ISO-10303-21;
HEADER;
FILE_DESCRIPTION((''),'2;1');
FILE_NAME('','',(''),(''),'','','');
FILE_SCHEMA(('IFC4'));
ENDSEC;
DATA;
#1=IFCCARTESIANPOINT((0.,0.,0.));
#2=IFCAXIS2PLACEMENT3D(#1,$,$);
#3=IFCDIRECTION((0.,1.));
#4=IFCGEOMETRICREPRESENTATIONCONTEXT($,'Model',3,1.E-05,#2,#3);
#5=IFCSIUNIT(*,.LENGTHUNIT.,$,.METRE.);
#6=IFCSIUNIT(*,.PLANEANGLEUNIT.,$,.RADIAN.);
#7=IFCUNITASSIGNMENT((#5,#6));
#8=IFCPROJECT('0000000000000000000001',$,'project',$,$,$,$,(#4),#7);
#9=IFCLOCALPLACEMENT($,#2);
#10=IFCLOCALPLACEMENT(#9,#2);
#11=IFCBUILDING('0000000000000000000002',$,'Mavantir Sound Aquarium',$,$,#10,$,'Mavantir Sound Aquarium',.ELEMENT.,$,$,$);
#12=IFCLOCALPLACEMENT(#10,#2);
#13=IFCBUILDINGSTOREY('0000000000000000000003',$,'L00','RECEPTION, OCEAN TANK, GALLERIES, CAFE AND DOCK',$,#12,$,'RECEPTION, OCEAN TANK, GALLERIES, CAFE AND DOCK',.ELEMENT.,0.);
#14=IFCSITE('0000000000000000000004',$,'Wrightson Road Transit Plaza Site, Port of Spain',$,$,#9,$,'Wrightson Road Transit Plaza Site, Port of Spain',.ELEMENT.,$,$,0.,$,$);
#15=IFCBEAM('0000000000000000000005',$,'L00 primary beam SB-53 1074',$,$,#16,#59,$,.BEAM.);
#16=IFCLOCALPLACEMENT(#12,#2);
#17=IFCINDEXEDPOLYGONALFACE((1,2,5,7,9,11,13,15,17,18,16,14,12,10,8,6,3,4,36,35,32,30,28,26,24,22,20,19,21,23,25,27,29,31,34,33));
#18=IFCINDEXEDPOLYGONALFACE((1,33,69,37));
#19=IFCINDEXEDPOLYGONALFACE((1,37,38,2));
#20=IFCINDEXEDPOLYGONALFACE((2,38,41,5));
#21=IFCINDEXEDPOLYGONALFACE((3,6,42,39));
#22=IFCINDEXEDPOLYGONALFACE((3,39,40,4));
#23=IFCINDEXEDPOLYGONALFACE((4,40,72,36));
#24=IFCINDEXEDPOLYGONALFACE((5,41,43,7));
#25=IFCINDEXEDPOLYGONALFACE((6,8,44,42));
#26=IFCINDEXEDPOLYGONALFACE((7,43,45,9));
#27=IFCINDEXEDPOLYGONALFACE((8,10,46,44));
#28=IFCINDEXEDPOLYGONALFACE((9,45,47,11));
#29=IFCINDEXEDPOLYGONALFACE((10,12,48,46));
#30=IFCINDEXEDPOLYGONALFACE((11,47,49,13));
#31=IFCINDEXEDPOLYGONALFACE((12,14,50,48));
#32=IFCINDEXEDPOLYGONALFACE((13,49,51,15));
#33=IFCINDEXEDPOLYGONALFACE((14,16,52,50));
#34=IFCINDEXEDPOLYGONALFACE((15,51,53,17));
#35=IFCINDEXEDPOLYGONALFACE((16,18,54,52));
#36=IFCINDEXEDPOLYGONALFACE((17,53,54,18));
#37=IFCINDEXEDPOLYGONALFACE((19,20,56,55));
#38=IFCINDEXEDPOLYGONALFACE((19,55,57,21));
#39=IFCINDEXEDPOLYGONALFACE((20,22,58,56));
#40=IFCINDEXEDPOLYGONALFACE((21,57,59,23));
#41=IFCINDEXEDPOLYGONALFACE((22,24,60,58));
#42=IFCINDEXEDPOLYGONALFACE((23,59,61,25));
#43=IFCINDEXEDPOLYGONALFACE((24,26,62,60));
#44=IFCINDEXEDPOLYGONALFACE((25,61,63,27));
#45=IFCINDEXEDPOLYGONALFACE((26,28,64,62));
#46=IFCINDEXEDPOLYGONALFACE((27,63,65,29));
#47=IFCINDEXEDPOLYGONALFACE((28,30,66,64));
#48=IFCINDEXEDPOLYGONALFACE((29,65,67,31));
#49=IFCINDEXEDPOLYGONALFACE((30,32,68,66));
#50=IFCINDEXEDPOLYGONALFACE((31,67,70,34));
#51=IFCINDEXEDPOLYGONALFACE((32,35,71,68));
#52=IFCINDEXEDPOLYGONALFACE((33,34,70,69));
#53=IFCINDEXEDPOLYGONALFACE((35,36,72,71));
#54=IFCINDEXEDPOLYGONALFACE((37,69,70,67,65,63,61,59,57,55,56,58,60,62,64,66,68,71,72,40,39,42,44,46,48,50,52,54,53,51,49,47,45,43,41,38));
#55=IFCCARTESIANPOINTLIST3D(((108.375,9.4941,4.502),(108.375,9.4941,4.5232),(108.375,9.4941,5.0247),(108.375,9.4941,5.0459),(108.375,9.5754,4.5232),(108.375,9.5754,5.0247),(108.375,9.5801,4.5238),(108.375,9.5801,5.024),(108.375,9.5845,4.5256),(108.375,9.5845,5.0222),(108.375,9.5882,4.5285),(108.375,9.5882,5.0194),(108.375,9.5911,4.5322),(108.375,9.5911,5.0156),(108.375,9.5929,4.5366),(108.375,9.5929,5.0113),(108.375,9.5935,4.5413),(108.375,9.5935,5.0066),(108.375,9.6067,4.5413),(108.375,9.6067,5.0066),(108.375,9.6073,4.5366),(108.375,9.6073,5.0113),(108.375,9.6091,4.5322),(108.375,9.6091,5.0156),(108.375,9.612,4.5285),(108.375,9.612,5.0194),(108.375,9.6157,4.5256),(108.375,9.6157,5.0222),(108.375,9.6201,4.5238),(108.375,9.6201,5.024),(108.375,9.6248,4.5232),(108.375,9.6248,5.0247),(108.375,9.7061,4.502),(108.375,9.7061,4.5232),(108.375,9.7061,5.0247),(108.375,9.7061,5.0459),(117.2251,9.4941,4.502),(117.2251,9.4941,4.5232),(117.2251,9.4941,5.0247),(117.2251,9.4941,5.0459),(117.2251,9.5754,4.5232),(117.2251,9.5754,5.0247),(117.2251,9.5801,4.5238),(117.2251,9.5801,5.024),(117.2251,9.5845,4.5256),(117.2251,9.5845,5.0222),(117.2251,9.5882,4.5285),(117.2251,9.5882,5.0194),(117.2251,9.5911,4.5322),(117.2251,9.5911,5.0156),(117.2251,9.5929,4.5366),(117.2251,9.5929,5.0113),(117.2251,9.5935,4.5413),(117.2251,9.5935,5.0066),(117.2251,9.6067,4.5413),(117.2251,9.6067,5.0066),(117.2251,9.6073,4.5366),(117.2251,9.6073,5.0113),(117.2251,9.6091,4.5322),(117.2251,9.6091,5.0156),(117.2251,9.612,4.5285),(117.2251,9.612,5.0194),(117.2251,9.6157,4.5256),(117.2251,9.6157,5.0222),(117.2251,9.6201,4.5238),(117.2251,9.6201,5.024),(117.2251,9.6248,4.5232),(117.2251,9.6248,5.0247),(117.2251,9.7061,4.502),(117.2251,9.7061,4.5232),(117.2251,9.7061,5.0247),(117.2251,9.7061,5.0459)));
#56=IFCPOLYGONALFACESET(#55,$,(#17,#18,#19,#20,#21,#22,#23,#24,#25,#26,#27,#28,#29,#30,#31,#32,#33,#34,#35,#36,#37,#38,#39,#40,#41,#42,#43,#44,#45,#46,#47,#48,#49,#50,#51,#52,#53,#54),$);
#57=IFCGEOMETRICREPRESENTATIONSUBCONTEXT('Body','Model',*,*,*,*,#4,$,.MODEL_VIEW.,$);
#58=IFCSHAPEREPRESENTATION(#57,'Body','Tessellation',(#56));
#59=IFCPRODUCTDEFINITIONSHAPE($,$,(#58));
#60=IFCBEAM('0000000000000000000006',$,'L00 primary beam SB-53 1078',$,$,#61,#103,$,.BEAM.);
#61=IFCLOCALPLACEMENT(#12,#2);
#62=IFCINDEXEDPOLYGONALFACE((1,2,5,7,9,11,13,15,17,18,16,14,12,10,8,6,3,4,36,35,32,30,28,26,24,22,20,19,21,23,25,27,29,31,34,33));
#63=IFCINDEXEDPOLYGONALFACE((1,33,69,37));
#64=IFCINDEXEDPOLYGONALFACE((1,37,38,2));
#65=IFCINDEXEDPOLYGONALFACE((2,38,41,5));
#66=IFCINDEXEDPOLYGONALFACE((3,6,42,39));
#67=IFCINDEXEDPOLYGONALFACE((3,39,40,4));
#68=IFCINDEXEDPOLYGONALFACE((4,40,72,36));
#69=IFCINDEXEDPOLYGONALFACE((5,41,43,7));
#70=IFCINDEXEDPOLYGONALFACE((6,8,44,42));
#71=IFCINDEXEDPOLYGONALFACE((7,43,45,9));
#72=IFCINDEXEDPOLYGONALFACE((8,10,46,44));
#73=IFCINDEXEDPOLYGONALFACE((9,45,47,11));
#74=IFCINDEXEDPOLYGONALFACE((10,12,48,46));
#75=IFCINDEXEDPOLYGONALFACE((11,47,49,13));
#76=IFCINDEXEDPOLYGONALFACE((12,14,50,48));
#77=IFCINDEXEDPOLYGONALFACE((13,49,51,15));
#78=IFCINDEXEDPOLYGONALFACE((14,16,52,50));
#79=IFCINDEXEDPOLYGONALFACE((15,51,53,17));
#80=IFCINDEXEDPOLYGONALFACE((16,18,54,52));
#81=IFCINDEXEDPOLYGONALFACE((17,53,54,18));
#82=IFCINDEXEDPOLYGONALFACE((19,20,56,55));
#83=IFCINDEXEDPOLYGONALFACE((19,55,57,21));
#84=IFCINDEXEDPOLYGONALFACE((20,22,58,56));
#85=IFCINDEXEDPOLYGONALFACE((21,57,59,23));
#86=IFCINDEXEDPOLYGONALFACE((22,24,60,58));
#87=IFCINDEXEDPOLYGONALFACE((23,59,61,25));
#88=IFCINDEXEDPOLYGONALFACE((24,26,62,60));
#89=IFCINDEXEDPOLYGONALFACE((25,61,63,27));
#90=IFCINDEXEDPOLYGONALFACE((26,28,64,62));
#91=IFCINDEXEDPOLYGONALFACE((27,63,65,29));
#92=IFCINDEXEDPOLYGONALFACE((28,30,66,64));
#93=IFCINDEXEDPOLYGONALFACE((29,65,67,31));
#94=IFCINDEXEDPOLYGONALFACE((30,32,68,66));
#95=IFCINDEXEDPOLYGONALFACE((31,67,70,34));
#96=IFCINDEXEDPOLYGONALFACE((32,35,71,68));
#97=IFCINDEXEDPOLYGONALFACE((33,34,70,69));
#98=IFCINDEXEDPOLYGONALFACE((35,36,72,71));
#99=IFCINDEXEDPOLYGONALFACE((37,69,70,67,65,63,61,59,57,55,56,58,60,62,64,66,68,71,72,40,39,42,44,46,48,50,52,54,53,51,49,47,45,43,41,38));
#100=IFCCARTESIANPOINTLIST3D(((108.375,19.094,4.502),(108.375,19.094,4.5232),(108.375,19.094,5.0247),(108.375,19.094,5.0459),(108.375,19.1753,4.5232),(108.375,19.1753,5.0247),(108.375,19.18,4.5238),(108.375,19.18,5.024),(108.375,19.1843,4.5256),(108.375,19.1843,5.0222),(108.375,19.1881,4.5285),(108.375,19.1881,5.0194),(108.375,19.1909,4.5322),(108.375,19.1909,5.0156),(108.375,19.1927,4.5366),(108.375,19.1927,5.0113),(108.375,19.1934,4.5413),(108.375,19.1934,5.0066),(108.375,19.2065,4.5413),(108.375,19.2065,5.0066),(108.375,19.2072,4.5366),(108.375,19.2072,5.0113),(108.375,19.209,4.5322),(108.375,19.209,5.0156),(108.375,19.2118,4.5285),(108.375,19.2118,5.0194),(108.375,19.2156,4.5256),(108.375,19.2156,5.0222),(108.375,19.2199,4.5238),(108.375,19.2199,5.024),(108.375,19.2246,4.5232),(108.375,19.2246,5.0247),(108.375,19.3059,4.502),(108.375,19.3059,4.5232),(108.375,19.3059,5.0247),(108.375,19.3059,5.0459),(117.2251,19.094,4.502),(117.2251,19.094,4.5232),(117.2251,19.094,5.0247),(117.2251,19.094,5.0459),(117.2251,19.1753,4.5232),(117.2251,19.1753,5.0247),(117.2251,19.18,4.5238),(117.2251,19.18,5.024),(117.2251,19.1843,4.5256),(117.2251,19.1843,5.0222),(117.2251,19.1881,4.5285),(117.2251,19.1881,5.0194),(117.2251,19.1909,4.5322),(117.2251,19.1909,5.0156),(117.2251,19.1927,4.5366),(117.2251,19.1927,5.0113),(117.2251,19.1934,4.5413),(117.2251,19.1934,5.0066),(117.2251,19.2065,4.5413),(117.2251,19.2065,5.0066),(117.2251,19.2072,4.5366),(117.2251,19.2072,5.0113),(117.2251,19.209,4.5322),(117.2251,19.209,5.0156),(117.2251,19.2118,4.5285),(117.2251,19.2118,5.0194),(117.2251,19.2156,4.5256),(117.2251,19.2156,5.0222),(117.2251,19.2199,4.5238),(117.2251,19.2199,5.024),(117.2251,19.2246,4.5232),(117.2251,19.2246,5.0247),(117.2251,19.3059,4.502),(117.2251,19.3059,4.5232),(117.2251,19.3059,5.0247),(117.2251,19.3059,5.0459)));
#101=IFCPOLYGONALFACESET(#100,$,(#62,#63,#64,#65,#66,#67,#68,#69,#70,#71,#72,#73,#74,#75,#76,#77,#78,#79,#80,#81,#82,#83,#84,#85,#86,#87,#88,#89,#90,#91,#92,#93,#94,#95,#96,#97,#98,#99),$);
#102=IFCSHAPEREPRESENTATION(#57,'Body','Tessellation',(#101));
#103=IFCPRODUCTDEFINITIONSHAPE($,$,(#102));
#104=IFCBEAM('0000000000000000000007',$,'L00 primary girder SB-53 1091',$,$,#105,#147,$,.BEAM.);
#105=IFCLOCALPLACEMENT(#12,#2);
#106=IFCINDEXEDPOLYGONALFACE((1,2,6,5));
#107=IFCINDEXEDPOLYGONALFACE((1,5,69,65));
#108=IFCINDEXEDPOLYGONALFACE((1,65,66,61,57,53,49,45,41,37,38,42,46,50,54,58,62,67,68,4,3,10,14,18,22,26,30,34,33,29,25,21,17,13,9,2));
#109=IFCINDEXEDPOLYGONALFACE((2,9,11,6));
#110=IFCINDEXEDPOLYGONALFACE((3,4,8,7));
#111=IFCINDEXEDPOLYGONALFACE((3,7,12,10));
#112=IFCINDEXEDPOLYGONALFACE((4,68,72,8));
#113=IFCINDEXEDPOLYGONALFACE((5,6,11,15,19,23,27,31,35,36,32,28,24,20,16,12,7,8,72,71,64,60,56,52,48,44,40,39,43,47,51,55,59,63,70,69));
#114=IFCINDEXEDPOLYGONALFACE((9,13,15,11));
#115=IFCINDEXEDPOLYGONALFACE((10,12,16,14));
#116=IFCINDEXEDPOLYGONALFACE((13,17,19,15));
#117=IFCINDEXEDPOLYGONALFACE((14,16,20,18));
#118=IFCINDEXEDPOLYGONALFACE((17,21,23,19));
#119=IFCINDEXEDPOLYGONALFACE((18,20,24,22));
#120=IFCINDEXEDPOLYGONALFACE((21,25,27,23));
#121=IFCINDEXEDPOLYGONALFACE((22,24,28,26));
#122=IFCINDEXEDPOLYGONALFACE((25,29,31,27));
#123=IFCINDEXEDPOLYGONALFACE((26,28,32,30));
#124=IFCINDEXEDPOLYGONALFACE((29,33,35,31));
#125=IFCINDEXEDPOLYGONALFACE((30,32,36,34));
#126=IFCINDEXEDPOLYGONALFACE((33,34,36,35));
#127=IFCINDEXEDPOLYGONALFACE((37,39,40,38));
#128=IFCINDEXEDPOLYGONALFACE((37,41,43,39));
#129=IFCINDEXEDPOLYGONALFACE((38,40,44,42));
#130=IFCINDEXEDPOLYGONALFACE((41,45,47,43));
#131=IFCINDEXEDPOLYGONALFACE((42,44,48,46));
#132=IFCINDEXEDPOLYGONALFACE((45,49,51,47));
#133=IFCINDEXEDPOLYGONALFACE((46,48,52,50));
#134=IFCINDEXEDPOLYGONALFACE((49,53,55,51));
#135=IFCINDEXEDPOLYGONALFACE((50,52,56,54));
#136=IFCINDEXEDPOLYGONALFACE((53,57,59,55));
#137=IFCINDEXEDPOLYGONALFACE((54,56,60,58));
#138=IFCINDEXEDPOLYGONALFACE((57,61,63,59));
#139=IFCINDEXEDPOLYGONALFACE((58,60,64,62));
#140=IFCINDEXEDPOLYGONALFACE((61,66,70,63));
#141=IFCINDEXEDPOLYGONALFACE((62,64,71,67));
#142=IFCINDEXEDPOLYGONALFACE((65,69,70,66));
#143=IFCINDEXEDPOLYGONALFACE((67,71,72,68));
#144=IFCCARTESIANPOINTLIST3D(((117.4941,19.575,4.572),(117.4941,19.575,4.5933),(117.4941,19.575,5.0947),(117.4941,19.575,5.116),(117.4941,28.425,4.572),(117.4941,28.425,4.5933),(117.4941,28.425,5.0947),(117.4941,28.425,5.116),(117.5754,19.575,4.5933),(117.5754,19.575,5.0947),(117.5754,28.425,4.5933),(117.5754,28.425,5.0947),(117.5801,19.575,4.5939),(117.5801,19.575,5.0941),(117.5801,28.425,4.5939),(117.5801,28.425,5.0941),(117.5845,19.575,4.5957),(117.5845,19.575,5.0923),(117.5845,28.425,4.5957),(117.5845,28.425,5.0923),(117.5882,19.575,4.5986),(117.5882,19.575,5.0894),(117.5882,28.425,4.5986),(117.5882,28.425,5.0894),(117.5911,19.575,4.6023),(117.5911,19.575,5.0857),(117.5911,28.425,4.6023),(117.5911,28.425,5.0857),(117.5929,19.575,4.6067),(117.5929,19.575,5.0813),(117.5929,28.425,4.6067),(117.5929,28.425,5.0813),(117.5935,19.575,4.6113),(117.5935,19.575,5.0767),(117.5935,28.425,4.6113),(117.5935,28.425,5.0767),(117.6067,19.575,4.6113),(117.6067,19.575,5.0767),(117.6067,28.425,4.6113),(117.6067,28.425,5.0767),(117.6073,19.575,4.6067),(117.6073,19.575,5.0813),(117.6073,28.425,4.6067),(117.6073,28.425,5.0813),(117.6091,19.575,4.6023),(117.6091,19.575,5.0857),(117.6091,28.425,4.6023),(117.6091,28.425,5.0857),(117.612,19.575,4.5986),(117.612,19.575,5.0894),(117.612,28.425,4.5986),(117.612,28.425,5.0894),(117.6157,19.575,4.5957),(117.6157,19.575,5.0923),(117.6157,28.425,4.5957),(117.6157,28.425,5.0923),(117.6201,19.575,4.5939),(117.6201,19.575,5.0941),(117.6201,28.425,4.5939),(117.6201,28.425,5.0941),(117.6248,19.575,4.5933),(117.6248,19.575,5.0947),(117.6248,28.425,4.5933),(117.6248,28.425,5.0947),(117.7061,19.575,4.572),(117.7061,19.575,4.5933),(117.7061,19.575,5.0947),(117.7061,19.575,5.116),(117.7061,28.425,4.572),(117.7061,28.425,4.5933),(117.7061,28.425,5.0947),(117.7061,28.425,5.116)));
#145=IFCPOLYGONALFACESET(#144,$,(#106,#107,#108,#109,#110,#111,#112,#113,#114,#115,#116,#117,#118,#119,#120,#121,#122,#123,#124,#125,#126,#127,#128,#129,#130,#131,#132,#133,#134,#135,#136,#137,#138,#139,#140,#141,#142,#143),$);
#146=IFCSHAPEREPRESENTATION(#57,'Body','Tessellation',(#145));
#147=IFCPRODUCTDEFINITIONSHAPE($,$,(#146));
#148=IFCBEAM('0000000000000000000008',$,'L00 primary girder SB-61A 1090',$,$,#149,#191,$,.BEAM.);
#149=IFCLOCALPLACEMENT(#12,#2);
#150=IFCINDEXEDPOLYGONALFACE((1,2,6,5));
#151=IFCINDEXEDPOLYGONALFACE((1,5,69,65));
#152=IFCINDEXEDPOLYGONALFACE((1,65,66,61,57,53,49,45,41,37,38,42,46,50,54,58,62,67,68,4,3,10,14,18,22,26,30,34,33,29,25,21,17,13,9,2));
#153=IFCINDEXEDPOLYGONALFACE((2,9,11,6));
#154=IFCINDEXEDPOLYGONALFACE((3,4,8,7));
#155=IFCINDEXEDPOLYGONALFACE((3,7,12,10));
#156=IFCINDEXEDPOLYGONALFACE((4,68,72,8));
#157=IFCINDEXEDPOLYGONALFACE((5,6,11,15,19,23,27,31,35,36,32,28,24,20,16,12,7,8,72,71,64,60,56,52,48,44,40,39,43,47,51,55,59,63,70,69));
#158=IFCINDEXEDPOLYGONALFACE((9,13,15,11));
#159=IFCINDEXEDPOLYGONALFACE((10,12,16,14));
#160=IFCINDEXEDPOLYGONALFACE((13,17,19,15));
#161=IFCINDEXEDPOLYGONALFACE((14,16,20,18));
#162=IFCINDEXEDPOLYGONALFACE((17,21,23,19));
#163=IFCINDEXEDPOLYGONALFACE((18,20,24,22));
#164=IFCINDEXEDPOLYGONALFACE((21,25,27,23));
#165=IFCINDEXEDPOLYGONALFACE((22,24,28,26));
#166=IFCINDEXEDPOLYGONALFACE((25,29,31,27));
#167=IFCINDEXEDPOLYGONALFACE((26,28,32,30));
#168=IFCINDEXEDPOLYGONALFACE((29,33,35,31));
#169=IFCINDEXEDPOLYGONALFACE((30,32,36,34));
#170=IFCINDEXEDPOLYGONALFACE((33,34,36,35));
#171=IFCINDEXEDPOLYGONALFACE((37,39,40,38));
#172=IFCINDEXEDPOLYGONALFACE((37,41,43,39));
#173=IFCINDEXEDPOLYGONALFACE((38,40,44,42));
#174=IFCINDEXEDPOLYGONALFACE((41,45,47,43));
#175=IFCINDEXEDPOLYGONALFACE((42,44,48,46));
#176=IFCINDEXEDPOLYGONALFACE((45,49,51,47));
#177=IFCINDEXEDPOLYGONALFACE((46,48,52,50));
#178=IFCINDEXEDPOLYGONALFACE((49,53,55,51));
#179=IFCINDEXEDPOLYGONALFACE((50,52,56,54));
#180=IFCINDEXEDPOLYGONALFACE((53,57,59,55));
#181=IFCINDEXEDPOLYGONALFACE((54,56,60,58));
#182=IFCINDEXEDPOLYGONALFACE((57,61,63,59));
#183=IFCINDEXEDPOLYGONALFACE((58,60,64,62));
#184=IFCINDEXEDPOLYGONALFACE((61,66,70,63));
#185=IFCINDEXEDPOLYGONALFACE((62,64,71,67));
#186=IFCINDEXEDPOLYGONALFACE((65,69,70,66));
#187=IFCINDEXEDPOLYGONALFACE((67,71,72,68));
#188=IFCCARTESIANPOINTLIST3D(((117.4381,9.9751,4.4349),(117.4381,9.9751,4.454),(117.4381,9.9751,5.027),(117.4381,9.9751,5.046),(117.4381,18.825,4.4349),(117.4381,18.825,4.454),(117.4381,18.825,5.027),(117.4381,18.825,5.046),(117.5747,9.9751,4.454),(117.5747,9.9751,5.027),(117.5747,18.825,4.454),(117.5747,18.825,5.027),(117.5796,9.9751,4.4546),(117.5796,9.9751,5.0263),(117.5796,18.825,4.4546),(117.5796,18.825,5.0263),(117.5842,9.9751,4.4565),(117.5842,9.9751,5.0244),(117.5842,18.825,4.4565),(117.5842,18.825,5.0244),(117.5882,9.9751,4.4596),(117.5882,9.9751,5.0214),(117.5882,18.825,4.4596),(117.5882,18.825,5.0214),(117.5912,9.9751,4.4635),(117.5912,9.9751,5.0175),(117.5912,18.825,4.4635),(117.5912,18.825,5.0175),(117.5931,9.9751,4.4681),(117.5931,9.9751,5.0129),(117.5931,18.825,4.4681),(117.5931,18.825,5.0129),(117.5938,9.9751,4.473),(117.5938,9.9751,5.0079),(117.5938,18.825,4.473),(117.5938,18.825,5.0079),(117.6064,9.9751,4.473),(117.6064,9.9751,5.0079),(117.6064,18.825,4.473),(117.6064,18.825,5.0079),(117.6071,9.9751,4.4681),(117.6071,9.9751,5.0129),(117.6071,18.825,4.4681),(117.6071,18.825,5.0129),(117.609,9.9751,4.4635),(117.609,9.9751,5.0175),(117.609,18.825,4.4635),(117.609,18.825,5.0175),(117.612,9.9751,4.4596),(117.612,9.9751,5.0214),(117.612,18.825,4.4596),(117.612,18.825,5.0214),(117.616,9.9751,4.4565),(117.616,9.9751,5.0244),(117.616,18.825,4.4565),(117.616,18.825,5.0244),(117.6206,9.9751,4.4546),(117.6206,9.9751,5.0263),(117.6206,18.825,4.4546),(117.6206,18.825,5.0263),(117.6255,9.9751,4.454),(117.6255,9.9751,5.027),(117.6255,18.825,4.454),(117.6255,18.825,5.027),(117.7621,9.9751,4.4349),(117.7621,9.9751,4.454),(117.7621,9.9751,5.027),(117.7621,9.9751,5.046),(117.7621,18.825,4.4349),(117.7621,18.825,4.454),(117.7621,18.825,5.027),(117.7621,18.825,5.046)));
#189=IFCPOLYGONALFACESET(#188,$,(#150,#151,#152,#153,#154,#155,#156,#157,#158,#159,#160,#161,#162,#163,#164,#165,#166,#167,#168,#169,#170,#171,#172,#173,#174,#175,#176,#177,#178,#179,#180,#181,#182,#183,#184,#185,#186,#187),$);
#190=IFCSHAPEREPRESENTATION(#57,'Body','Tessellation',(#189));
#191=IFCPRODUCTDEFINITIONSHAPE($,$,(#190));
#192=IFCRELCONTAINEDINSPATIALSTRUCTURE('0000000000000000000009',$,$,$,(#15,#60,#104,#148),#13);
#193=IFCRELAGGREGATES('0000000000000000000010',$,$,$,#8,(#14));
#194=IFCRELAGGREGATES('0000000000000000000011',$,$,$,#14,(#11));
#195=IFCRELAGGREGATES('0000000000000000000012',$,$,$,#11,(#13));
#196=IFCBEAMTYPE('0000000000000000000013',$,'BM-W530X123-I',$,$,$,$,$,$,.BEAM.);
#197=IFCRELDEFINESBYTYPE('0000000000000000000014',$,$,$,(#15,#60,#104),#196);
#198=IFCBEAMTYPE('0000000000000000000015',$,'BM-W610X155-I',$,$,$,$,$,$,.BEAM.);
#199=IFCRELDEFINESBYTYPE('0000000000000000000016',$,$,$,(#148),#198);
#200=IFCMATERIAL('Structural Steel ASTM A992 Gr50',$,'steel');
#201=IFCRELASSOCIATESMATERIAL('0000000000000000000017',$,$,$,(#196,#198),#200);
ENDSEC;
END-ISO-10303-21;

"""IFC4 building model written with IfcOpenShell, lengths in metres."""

from ifc_helpers import new_model, si_unit, direction, frame, origin, origin_2d, place, context, subcontext, project, spatial, i_section, extrude, material, material_profile, profile_set, type_object, element, save


model = new_model("IFC4")

# Units and contexts
model_context = context("Model", 3, precision=1e-05, world=origin(), true_north=direction((0.0, 1.0)))
body_context = subcontext(model_context, "Body", "Model", "MODEL_VIEW")
ifc_project = project(units=[si_unit("LENGTHUNIT", "METRE"), si_unit("PLANEANGLEUNIT", "RADIAN")], contexts=[model_context])

# Site, building, storey
site_placement = place(None, origin())
site = spatial("IfcSite", under=ifc_project, at=site_placement, Name="Wrightson Road Transit Plaza Site, Port of Spain", LongName="Wrightson Road Transit Plaza Site, Port of Spain", CompositionType="ELEMENT", RefElevation=0.0)
building_placement = place(site_placement, origin())
building = spatial("IfcBuilding", under=site, at=building_placement, Name="Mavantir Sound Aquarium", LongName="Mavantir Sound Aquarium", CompositionType="ELEMENT")
storey_placement = place(building_placement, origin())
storey = spatial("IfcBuildingStorey", under=building, at=storey_placement, Name="L00", Description="RECEPTION, OCEAN TANK, GALLERIES, CAFE AND DOCK", LongName="RECEPTION, OCEAN TANK, GALLERIES, CAFE AND DOCK", CompositionType="ELEMENT", Elevation=0.0)

# Beams
ifc_material_1 = material(Name="Structural Steel ASTM A992 Gr50", Category="steel")
ifc_material_profile_1 = material_profile(ifc_material_1, i_section(OverallWidth=0.2119, OverallDepth=0.5439, WebThickness=0.0132, FlangeThickness=0.0212, FilletRadius=0.0181, at=origin_2d()), Name="W530X123")
ifc_profile_set_1 = profile_set([ifc_material_profile_1], Name="Structural Steel ASTM A992 Gr50")
beam_type_1 = type_object("IfcBeamType", Name="BM-W530X123-I", PredefinedType="BEAM", material=ifc_profile_set_1)
for number, where, z_axis, x_axis, name in (
    (1, (108.375, 9.6001, 4.7739), (1.0, 0.0, 0.0), (0.0, 1.0, 0.0), "L00 primary beam SB-53 1074"),
    (2, (108.375, 19.2, 4.7739), (1.0, 0.0, 0.0), (0.0, 1.0, 0.0), "L00 primary beam SB-53 1078"),
    (3, (117.6001, 19.575, 4.844), (0.0, 1.0, 0.0), (-1.0, 0.0, 0.0), "L00 primary girder SB-53 1091"),
):
    element("IfcBeam", number, at=place(storey_placement, frame(where, z_axis=z_axis, x_axis=x_axis)), inside=storey, type_object=beam_type_1, Name=name, PredefinedType="BEAM", context=body_context, shape_type="SweptSolid", body=[
        extrude(i_section(OverallWidth=0.2119, OverallDepth=0.5439, WebThickness=0.0132, FlangeThickness=0.0212, FilletRadius=0.0181, at=origin_2d()), origin(), (0.0, 0.0, 1.0), 8.8501),
    ])
ifc_material_profile_2 = material_profile(ifc_material_1, i_section(OverallWidth=0.324, OverallDepth=0.6111, WebThickness=0.0127, FlangeThickness=0.019, FilletRadius=0.019, at=origin_2d()), Name="W610X155")
ifc_profile_set_2 = profile_set([ifc_material_profile_2], Name="Structural Steel ASTM A992 Gr50")
beam_type_2 = type_object("IfcBeamType", Name="BM-W610X155-I", PredefinedType="BEAM", material=ifc_profile_set_2)
beam_1_placement = place(storey_placement, frame((117.6001, 9.9751, 4.7405), z_axis=(0.0, 1.0, 0.0), x_axis=(-1.0, 0.0, 0.0)))
element("IfcBeam", 4, at=beam_1_placement, inside=storey, type_object=beam_type_2, Name="L00 primary girder SB-61A 1090", PredefinedType="BEAM", context=body_context, shape_type="SweptSolid", body=[
    extrude(i_section(OverallWidth=0.324, OverallDepth=0.6111, WebThickness=0.0127, FlangeThickness=0.019, FilletRadius=0.019, at=origin_2d()), origin(), (0.0, 0.0, 1.0), 8.8499),
])

save(model, "model.ifc")
